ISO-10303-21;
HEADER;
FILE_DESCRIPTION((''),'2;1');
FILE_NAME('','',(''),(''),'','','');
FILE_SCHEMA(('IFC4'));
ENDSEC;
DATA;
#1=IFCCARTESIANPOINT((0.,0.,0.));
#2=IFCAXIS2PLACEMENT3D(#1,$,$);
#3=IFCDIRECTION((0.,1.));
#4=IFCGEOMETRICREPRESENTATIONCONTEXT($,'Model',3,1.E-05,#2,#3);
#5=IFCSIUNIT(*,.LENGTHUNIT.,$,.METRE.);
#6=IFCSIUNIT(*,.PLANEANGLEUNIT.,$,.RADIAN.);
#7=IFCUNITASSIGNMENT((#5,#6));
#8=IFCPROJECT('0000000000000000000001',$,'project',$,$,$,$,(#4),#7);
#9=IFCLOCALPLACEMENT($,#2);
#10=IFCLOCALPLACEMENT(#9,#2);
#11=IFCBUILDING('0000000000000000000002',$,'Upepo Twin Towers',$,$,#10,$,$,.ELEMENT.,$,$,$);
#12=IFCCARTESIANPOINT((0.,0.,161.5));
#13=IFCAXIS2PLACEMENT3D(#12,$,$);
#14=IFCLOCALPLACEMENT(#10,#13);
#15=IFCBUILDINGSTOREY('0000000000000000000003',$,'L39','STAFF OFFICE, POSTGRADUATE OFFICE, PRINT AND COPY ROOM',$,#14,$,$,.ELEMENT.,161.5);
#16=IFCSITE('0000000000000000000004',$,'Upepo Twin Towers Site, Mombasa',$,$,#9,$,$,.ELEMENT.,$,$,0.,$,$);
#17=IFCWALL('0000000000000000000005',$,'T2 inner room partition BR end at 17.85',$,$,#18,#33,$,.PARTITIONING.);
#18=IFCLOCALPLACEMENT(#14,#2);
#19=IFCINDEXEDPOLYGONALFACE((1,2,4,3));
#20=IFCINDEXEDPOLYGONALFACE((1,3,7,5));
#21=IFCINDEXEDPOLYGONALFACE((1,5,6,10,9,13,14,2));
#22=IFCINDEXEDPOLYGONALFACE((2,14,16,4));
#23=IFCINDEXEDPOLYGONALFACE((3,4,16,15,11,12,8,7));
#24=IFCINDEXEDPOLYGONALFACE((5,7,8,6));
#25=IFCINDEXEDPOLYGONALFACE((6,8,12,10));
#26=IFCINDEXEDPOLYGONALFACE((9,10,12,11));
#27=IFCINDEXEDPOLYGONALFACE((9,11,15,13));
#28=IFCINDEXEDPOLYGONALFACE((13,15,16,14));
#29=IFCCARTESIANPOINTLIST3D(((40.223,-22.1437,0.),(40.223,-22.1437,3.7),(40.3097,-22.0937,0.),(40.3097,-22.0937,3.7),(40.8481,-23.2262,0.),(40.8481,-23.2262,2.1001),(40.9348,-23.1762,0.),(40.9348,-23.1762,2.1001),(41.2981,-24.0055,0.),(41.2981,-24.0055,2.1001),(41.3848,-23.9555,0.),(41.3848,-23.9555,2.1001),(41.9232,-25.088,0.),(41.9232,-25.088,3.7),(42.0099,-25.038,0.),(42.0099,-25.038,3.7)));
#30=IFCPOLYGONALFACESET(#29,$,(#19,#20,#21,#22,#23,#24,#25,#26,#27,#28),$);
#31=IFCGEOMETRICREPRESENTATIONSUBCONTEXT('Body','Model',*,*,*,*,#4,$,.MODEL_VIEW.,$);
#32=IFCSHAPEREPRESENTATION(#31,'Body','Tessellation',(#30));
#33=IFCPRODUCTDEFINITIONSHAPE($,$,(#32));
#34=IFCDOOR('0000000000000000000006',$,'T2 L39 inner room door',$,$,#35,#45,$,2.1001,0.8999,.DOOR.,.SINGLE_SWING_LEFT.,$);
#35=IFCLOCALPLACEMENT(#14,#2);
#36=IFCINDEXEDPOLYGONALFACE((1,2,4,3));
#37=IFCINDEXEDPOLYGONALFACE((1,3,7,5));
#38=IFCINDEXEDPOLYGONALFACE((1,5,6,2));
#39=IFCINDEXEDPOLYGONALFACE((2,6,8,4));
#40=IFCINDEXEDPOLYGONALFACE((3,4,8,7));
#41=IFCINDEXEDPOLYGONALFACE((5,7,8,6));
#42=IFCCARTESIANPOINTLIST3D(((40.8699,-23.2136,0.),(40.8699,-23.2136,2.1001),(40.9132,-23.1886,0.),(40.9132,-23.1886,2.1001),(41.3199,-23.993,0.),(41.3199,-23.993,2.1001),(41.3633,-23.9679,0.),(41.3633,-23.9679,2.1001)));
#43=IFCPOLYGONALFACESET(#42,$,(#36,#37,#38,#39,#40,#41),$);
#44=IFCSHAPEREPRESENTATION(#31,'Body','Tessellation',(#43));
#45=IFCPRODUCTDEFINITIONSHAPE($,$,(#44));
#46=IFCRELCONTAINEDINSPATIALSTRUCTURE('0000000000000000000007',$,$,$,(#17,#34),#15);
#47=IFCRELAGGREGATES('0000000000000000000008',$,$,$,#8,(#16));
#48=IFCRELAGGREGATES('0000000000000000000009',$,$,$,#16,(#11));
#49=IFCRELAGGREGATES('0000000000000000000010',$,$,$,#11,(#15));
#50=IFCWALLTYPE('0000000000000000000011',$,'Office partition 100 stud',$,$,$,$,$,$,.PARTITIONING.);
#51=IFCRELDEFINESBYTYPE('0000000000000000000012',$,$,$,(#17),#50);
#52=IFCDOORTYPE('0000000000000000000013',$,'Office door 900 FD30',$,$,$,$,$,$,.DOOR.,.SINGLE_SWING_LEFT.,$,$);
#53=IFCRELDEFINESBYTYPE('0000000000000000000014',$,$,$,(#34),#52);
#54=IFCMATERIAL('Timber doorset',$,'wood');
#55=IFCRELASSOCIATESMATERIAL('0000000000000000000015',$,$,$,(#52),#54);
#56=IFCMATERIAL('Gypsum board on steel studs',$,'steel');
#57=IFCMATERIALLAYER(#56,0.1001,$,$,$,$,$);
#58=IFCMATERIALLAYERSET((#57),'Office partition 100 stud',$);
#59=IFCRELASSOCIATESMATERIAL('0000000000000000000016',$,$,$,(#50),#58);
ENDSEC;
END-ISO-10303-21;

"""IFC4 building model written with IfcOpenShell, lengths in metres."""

from ifc_helpers import new_model, si_unit, direction, frame, frame_2d, origin, place, context, subcontext, project, spatial, rectangle, extrude, material, layer, layer_set, type_object, element, fill, save


model = new_model("IFC4")

# Units and contexts
model_context = context("Model", 3, precision=1e-05, world=origin(), true_north=direction((0.0, 1.0)))
body_context = subcontext(model_context, "Body", "Model", "MODEL_VIEW")
ifc_project = project(units=[si_unit("LENGTHUNIT", "METRE"), si_unit("PLANEANGLEUNIT", "RADIAN")], contexts=[model_context])

# Site, building, storey
site_placement = place(None, origin())
site = spatial("IfcSite", under=ifc_project, at=site_placement, Name="Upepo Twin Towers Site, Mombasa", CompositionType="ELEMENT", RefElevation=0.0)
building_placement = place(site_placement, origin())
building = spatial("IfcBuilding", under=site, at=building_placement, Name="Upepo Twin Towers", CompositionType="ELEMENT")
storey_placement = place(building_placement, frame((0.0, 0.0, 161.5)))
storey = spatial("IfcBuildingStorey", under=building, at=storey_placement, Name="L39", Description="STAFF OFFICE, POSTGRADUATE OFFICE, PRINT AND COPY ROOM", CompositionType="ELEMENT", Elevation=161.5)

# Shared definitions
ifc_material_1 = material(Name="Timber doorset", Category="wood")
door_type = type_object("IfcDoorType", Name="Office door 900 FD30", OperationType="SINGLE_SWING_LEFT", PredefinedType="DOOR", material=ifc_material_1)

# Shared definitions
ifc_material_2 = material(Name="Gypsum board on steel studs", Category="steel")
ifc_layer_1 = layer(ifc_material_2, 0.1001)
ifc_layer_set_1 = layer_set([ifc_layer_1], Name="Office partition 100 stud")
wall_type_1 = type_object("IfcWallType", Name="Office partition 100 stud", PredefinedType="PARTITIONING", material=ifc_layer_set_1)

# Wall, opening, door
wall_1_placement = place(storey_placement, frame((41.9666, -25.063, 0.0), z_axis=(0.0, 0.0, 1.0), x_axis=(-0.500062, 0.865989, 0.0)))
wall_1 = element("IfcWall", 1, at=wall_1_placement, inside=storey, type_object=wall_type_1, Name="T2 inner room partition BR end at 17.85", PredefinedType="PARTITIONING", context=body_context, shape_type="SweptSolid", body=[
    extrude(rectangle(XDim=3.3999, YDim=0.1001, at=frame_2d((1.7, 0.0))), origin(), (0.0, 0.0, 1.0), 3.7),
])
opening_1_placement = place(wall_1_placement, frame((1.25, 0.0, 0.0)))
opening_1 = element("IfcOpeningElement", 2, at=opening_1_placement, cuts=wall_1, PredefinedType="OPENING", context=body_context, shape_type="SweptSolid", body=[
    extrude(rectangle(XDim=0.8999, YDim=2.1001, at=frame_2d((0.45, 1.05))), frame((0.0, 0.0601, 0.0), z_axis=(0.0, -1.0, 0.0), x_axis=(1.0, 0.0, 0.0)), (0.0, 0.0, 1.0), 0.1201),
])
door_1_placement = place(opening_1_placement, origin())
door_1 = element("IfcDoor", 3, at=door_1_placement, inside=storey, type_object=door_type, Name="T2 L39 inner room door", OperationType="SINGLE_SWING_LEFT", OverallHeight=2.1001, OverallWidth=0.8999, PredefinedType="DOOR", context=body_context, shape_type="SweptSolid", body=[
    extrude(rectangle(XDim=0.8999, YDim=2.1001, at=frame_2d((0.45, 1.05))), frame((0.0, 0.0249, 0.0), z_axis=(0.0, -1.0, 0.0), x_axis=(1.0, 0.0, 0.0)), (0.0, 0.0, 1.0), 0.05),
])
fill(opening_1, door_1)

save(model, "model.ifc")
